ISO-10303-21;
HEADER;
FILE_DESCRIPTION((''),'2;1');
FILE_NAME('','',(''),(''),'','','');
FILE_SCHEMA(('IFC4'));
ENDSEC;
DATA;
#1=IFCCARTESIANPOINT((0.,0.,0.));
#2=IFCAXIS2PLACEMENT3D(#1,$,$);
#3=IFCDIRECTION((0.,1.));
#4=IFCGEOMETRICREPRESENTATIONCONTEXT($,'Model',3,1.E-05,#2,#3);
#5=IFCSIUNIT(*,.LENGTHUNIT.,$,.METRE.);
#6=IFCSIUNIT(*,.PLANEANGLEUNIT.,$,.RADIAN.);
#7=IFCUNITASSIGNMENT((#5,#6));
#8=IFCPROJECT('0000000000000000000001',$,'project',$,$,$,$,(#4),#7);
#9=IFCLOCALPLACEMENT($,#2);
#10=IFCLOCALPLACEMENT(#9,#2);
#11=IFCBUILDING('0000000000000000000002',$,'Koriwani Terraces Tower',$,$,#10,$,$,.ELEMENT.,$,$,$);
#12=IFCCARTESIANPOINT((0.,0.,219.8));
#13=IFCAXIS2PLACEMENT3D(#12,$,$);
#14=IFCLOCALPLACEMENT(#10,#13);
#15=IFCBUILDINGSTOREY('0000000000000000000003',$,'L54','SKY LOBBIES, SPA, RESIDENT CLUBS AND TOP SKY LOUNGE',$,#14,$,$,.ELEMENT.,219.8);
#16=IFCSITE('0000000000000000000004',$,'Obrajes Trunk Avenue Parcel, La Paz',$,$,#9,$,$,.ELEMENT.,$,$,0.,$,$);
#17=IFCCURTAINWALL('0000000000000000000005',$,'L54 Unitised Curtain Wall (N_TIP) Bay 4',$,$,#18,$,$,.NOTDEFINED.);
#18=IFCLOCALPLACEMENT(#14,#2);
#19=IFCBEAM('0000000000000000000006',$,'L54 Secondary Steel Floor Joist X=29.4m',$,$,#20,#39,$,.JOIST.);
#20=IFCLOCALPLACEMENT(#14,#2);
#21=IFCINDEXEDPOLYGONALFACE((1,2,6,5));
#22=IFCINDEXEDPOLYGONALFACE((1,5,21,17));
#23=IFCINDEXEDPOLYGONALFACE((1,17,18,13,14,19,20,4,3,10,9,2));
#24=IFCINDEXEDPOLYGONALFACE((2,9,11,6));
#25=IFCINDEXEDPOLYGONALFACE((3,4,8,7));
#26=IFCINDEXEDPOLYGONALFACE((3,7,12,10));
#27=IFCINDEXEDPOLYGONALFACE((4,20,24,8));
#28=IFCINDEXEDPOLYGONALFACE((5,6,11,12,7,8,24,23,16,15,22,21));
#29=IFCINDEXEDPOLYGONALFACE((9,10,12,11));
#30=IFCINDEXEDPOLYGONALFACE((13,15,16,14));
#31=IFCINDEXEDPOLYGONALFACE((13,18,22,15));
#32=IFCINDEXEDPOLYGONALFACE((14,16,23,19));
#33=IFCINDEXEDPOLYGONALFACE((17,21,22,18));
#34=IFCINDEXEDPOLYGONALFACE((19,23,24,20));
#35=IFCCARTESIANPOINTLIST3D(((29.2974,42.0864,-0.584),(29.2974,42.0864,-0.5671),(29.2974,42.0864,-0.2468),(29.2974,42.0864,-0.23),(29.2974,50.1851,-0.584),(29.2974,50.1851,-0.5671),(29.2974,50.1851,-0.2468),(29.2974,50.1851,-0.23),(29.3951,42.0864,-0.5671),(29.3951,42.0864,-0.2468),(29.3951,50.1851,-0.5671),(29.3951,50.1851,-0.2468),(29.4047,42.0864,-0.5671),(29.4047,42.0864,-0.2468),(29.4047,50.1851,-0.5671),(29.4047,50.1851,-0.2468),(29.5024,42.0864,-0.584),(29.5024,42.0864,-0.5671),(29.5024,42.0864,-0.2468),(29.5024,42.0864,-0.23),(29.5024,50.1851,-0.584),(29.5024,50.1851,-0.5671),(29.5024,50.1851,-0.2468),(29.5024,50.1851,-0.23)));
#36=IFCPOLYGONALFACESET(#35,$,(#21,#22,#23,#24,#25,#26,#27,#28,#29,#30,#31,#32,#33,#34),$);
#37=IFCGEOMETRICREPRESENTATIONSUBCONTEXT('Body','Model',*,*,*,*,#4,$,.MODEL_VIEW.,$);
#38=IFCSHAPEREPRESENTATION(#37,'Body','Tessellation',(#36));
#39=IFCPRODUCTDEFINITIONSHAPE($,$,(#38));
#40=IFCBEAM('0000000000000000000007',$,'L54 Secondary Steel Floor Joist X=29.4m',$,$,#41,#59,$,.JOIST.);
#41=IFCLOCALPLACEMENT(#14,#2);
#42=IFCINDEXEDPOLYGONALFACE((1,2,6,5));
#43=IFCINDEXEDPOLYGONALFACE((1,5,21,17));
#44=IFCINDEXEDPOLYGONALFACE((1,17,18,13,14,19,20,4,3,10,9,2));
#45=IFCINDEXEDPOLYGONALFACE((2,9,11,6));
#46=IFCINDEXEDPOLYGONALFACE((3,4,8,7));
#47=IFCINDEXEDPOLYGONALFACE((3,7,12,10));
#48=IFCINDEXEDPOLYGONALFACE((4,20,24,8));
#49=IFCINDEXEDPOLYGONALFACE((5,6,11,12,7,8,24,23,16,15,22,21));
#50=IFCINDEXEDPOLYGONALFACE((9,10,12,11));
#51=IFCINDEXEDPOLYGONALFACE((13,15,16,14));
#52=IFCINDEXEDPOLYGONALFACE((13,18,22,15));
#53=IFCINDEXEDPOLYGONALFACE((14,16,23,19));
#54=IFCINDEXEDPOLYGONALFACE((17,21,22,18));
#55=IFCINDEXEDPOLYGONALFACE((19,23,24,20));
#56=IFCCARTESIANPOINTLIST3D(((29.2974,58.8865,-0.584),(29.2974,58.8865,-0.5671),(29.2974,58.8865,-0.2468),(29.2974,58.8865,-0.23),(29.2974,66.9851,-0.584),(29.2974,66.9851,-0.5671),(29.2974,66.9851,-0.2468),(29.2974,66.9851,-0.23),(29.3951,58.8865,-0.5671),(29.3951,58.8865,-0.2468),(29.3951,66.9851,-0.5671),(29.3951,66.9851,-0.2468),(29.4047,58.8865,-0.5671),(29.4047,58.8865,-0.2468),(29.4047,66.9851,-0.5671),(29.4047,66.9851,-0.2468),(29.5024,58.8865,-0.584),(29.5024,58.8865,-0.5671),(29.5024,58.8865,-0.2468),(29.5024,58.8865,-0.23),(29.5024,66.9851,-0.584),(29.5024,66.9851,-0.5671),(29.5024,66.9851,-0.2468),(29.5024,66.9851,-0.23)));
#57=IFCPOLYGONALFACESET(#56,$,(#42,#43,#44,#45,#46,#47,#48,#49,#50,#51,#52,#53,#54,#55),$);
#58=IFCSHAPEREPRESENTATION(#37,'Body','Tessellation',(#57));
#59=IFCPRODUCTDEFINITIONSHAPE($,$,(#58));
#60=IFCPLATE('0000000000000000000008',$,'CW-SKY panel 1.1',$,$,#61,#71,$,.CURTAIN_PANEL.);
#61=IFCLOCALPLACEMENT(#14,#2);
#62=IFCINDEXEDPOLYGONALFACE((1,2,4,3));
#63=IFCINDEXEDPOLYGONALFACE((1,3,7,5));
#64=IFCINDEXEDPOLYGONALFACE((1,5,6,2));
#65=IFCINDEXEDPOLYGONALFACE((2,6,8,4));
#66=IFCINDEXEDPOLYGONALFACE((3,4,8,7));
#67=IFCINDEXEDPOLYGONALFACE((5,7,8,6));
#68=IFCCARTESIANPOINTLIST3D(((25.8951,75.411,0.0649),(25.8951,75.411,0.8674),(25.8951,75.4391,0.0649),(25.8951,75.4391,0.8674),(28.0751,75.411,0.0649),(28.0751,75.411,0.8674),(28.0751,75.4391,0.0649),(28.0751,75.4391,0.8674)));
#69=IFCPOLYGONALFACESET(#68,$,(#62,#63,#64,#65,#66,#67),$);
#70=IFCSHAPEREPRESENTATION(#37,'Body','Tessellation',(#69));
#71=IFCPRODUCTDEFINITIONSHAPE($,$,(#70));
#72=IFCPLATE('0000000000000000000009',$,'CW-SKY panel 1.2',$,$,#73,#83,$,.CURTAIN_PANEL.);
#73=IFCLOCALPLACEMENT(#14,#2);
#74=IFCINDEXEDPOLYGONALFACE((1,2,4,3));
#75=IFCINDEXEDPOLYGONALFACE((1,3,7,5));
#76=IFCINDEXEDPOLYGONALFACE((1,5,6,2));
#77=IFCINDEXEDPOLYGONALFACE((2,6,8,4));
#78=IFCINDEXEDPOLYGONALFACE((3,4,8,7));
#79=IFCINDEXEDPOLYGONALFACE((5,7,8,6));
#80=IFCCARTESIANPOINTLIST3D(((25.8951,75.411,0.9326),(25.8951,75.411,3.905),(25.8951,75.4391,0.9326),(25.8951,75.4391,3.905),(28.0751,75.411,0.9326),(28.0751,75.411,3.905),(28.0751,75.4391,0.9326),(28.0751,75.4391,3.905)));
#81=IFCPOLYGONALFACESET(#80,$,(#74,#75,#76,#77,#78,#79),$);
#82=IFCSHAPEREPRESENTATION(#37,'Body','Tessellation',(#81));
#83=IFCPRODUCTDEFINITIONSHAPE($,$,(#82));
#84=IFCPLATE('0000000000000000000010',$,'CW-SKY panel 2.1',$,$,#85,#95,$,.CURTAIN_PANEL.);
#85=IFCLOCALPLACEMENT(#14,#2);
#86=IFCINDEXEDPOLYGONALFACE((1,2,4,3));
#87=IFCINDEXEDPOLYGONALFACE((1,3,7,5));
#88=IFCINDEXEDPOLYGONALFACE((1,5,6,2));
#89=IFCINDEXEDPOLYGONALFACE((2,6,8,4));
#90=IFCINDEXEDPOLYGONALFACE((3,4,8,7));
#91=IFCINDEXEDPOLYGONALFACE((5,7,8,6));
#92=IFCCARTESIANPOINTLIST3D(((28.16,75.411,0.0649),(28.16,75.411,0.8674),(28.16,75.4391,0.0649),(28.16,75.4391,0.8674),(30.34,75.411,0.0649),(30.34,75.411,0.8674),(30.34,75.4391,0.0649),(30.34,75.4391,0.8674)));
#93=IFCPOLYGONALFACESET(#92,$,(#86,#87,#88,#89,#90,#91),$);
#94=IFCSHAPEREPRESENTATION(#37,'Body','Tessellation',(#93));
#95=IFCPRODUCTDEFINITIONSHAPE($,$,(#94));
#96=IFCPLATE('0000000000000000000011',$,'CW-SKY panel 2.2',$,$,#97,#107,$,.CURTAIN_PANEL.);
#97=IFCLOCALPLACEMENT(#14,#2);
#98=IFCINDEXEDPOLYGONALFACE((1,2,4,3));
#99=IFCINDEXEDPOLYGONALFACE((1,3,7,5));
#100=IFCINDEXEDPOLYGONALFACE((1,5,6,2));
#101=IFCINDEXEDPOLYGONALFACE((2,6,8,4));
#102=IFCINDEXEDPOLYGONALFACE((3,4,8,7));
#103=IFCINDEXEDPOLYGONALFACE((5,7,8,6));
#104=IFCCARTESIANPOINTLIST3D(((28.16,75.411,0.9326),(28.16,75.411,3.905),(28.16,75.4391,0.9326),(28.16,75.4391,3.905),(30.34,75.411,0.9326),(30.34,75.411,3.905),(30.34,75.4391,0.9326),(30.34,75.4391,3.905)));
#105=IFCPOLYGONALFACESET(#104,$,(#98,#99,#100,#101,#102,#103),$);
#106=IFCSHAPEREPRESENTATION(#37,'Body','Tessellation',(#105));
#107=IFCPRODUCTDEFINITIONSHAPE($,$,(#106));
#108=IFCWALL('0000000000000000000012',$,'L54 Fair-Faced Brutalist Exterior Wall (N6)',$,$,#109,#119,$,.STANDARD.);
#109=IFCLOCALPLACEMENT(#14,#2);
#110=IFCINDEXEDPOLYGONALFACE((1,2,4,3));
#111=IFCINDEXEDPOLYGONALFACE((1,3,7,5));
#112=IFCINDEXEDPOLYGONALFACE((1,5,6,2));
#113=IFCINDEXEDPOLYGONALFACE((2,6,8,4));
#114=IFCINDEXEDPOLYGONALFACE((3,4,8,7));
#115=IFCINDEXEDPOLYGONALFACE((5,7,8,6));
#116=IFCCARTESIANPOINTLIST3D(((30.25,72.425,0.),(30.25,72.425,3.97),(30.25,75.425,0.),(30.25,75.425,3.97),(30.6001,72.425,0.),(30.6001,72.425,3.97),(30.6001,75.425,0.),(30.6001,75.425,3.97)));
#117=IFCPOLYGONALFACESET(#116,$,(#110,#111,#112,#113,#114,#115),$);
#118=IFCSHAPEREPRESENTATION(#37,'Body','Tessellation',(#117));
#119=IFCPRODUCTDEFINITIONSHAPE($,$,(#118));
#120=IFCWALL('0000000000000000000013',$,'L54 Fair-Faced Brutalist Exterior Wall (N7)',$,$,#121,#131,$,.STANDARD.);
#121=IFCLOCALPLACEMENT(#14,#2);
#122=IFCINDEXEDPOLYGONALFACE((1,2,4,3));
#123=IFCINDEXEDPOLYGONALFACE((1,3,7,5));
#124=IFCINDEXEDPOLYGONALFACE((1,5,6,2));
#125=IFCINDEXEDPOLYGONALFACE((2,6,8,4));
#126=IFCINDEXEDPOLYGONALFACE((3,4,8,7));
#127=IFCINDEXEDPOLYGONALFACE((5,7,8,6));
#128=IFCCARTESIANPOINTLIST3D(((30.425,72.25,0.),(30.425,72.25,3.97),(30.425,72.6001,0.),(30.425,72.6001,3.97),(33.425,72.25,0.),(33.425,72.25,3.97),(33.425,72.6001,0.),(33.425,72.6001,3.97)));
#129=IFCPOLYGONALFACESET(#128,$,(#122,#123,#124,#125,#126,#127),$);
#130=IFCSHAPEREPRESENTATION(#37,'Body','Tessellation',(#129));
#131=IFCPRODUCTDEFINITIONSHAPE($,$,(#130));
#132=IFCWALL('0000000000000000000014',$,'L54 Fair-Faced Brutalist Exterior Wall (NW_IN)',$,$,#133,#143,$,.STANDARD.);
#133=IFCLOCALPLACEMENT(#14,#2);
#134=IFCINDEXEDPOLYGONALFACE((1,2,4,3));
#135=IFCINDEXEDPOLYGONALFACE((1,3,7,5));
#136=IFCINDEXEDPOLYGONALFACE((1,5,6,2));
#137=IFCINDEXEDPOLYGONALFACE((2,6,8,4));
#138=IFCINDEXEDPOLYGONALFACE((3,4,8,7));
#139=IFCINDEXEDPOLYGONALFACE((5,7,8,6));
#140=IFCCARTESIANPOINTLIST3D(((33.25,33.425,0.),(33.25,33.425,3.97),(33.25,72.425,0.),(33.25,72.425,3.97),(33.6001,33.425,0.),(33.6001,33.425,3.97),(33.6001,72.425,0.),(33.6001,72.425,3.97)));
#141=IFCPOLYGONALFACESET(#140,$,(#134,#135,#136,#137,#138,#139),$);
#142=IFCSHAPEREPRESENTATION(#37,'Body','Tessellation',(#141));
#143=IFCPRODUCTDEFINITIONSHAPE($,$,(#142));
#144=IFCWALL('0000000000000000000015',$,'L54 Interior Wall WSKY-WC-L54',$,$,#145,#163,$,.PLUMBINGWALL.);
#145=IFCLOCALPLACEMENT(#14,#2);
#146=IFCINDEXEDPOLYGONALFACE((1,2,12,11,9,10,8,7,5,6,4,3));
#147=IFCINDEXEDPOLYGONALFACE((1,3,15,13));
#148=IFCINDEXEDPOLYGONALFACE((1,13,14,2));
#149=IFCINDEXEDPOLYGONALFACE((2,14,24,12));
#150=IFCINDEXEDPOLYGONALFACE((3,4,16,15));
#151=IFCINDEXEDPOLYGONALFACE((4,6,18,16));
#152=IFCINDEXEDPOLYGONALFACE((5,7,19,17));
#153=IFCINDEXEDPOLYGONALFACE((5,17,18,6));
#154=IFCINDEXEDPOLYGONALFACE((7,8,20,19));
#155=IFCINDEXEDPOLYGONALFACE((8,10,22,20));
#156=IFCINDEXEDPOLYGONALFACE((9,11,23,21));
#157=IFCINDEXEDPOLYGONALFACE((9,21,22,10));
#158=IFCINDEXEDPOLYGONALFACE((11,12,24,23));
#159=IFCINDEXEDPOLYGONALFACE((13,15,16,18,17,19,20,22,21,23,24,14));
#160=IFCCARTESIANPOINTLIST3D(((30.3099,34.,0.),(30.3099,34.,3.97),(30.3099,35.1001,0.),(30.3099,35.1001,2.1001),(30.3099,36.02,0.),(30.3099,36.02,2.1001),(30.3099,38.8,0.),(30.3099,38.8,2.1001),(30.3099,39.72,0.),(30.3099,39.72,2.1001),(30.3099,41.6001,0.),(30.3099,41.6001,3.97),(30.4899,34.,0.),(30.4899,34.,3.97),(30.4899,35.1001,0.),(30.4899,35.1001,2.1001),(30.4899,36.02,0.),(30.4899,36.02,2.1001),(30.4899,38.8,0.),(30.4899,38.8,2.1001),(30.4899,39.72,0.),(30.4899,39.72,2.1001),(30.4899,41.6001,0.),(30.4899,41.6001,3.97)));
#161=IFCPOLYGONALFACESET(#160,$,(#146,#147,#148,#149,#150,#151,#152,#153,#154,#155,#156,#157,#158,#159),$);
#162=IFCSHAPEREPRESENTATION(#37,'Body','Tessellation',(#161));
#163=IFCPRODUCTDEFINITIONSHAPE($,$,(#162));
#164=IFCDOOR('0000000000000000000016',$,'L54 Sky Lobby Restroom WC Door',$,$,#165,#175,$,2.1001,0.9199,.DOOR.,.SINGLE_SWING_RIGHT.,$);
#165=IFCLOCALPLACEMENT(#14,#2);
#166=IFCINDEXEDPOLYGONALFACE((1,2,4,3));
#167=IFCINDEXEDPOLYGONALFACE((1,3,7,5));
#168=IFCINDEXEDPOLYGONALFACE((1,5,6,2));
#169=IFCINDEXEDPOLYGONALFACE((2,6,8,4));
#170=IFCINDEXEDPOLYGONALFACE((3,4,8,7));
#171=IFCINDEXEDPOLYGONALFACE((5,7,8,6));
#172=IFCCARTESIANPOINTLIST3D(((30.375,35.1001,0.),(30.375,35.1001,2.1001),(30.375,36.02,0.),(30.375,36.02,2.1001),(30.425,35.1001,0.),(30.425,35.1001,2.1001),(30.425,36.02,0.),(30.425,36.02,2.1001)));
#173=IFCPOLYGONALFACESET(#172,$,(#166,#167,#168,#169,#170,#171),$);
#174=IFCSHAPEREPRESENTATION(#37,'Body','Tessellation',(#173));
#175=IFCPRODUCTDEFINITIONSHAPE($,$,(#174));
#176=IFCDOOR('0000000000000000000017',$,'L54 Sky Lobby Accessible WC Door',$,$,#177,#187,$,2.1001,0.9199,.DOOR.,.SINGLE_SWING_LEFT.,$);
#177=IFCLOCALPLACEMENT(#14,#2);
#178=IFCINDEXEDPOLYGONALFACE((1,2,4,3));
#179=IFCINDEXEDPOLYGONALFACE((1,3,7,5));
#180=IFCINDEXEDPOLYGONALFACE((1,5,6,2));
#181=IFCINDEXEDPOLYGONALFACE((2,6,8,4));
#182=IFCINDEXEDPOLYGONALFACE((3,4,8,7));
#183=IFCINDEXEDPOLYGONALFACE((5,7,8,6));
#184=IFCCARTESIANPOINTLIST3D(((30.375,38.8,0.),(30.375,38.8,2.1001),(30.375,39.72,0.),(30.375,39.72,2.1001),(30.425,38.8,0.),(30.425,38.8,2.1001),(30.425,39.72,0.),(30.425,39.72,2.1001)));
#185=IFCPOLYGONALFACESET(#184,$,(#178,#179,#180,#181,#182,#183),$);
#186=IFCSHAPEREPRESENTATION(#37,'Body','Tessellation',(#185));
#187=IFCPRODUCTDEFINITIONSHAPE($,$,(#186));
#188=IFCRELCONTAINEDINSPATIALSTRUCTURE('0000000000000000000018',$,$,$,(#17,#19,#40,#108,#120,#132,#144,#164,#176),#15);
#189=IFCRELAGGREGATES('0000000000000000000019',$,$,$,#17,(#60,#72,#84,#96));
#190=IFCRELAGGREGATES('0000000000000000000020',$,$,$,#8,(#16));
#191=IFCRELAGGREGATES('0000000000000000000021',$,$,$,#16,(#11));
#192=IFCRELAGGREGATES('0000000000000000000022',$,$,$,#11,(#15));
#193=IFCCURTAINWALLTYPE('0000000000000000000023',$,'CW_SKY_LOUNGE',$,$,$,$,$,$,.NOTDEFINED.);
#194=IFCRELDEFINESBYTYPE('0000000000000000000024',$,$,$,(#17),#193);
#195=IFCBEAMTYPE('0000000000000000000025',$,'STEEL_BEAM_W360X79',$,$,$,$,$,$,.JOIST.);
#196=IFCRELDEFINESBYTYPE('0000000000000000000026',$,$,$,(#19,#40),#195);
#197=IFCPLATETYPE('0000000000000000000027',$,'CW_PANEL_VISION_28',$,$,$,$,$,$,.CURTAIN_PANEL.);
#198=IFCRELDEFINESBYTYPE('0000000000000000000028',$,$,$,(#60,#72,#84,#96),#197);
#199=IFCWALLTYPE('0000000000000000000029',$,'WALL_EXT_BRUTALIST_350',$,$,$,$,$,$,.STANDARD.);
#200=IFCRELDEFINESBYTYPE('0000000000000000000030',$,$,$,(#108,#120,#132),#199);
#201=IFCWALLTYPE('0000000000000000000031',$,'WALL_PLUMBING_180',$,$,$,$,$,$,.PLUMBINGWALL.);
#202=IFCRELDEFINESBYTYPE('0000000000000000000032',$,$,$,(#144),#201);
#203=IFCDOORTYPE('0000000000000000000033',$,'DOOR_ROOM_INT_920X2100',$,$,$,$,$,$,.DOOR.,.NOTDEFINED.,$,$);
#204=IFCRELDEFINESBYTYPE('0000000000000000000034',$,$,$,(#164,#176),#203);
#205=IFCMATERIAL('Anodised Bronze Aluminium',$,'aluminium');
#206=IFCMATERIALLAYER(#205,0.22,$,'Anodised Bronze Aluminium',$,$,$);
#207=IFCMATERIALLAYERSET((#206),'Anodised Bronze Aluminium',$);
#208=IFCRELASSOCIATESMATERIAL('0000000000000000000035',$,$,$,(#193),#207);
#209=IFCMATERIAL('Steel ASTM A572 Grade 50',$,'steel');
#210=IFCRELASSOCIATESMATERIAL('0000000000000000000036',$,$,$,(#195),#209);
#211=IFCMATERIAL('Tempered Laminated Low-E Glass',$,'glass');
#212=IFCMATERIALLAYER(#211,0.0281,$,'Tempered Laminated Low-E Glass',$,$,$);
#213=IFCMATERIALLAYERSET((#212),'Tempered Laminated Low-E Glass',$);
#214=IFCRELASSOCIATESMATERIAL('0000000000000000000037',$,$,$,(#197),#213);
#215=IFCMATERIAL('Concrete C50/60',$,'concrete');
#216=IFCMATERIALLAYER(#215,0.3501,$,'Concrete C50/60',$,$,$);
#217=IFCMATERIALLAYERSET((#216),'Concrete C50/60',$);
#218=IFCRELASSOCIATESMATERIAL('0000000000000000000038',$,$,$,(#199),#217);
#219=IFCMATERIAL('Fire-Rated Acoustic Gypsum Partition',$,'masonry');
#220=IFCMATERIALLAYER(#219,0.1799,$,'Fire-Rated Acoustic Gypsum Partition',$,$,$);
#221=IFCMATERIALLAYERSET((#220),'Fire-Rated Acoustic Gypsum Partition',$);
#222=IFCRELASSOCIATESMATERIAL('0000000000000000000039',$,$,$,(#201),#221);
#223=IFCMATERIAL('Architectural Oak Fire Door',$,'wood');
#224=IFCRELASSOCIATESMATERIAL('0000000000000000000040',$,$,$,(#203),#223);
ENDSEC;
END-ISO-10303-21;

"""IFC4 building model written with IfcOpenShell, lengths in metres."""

from ifc_helpers import new_model, si_unit, direction, frame, frame_2d, origin, origin_2d, place, context, subcontext, project, spatial, rectangle, i_section, extrude, material, layer, layer_set, material_profile, profile_set, type_object, element, fill, aggregate, save


model = new_model("IFC4")

# Units and contexts
model_context = context("Model", 3, precision=1e-05, world=origin(), true_north=direction((0.0, 1.0)))
body_context = subcontext(model_context, "Body", "Model", "MODEL_VIEW")
ifc_project = project(units=[si_unit("LENGTHUNIT", "METRE"), si_unit("PLANEANGLEUNIT", "RADIAN")], contexts=[model_context])

# Site, building, storey
site_placement = place(None, origin())
site = spatial("IfcSite", under=ifc_project, at=site_placement, Name="Obrajes Trunk Avenue Parcel, La Paz", CompositionType="ELEMENT", RefElevation=0.0)
building_placement = place(site_placement, origin())
building = spatial("IfcBuilding", under=site, at=building_placement, Name="Koriwani Terraces Tower", CompositionType="ELEMENT")
storey_placement = place(building_placement, frame((0.0, 0.0, 219.8)))
storey = spatial("IfcBuildingStorey", under=building, at=storey_placement, Name="L54", Description="SKY LOBBIES, SPA, RESIDENT CLUBS AND TOP SKY LOUNGE", CompositionType="ELEMENT", Elevation=219.8)

# Shared definitions
ifc_material_1 = material(Name="Concrete C50/60", Category="concrete")

# Curtain wall
ifc_material_2 = material(Name="Anodised Bronze Aluminium", Category="aluminium")
ifc_layer_1 = layer(ifc_material_2, 0.22, Name="Anodised Bronze Aluminium")
ifc_layer_set_1 = layer_set([ifc_layer_1], Name="Anodised Bronze Aluminium")
curtain_wall_type = type_object("IfcCurtainWallType", Name="CW_SKY_LOUNGE", PredefinedType="NOTDEFINED", material=ifc_layer_set_1)
curtain_wall_placement = place(storey_placement, origin())
curtain_wall = element("IfcCurtainWall", 1, at=curtain_wall_placement, inside=storey, type_object=curtain_wall_type, Name="L54 Unitised Curtain Wall (N_TIP) Bay 4", PredefinedType="NOTDEFINED")

# Beams
ifc_material_3 = material(Name="Steel ASTM A572 Grade 50", Category="steel")
ifc_material_profile_1 = material_profile(ifc_material_3, i_section(OverallWidth=0.2051, OverallDepth=0.354, WebThickness=0.0095, FlangeThickness=0.0168, at=origin_2d()), Name="Steel ASTM A572 Grade 50", Category="LoadBearing")
ifc_profile_set_1 = profile_set([ifc_material_profile_1], Name="Steel ASTM A572 Grade 50")
beam_type_1 = type_object("IfcBeamType", Name="STEEL_BEAM_W360X79", PredefinedType="JOIST", material=ifc_profile_set_1)
for number, where, z_axis, x_axis, name in (
    (2, (29.3999, 42.0864, -0.407), (0.0, 1.0, 0.0), (-1.0, 0.0, 0.0), "L54 Secondary Steel Floor Joist X=29.4m"),
    (3, (29.3999, 58.8865, -0.407), (0.0, 1.0, 0.0), (-1.0, 0.0, 0.0), "L54 Secondary Steel Floor Joist X=29.4m"),
):
    element("IfcBeam", number, at=place(storey_placement, frame(where, z_axis=z_axis, x_axis=x_axis)), inside=storey, type_object=beam_type_1, Name=name, PredefinedType="JOIST", context=body_context, shape_type="SweptSolid", body=[
        extrude(i_section(OverallWidth=0.2051, OverallDepth=0.354, WebThickness=0.0095, FlangeThickness=0.0168, at=origin_2d()), origin(), (0.0, 0.0, 1.0), 8.0986),
    ])

# Plates
ifc_material_4 = material(Name="Tempered Laminated Low-E Glass", Category="glass")
ifc_layer_2 = layer(ifc_material_4, 0.0281, Name="Tempered Laminated Low-E Glass")
ifc_layer_set_2 = layer_set([ifc_layer_2], Name="Tempered Laminated Low-E Glass")
plate_type = type_object("IfcPlateType", Name="CW_PANEL_VISION_28", PredefinedType="CURTAIN_PANEL", material=ifc_layer_set_2)
plate_1_placement = place(storey_placement, frame((26.9851, 75.425, 0.0649), z_axis=(0.0, 0.0, 1.0), x_axis=(1.0, 0.0, 0.0)))
plate_1 = element("IfcPlate", 4, at=plate_1_placement, type_object=plate_type, Name="CW-SKY panel 1.1", PredefinedType="CURTAIN_PANEL", context=body_context, shape_type="SweptSolid", body=[
    extrude(rectangle(XDim=2.1799, YDim=0.0281, at=origin_2d()), origin(), (0.0, 0.0, 1.0), 0.8025),
])
plate_2_placement = place(storey_placement, frame((26.9851, 75.425, 0.9326), z_axis=(0.0, 0.0, 1.0), x_axis=(1.0, 0.0, 0.0)))
plate_2 = element("IfcPlate", 5, at=plate_2_placement, type_object=plate_type, Name="CW-SKY panel 1.2", PredefinedType="CURTAIN_PANEL", context=body_context, shape_type="SweptSolid", body=[
    extrude(rectangle(XDim=2.1799, YDim=0.0281, at=origin_2d()), origin(), (0.0, 0.0, 1.0), 2.9724),
])
plate_3_placement = place(storey_placement, frame((29.25, 75.425, 0.0649), z_axis=(0.0, 0.0, 1.0), x_axis=(1.0, 0.0, 0.0)))
plate_3 = element("IfcPlate", 6, at=plate_3_placement, type_object=plate_type, Name="CW-SKY panel 2.1", PredefinedType="CURTAIN_PANEL", context=body_context, shape_type="SweptSolid", body=[
    extrude(rectangle(XDim=2.1799, YDim=0.0281, at=origin_2d()), origin(), (0.0, 0.0, 1.0), 0.8025),
])
plate_4_placement = place(storey_placement, frame((29.25, 75.425, 0.9326), z_axis=(0.0, 0.0, 1.0), x_axis=(1.0, 0.0, 0.0)))
plate_4 = element("IfcPlate", 7, at=plate_4_placement, type_object=plate_type, Name="CW-SKY panel 2.2", PredefinedType="CURTAIN_PANEL", context=body_context, shape_type="SweptSolid", body=[
    extrude(rectangle(XDim=2.1799, YDim=0.0281, at=origin_2d()), origin(), (0.0, 0.0, 1.0), 2.9724),
])
aggregate(curtain_wall, [plate_1, plate_2, plate_3, plate_4])

# Walls
ifc_layer_3 = layer(ifc_material_1, 0.3501, Name="Concrete C50/60")
ifc_layer_set_3 = layer_set([ifc_layer_3], Name="Concrete C50/60")
wall_type_1 = type_object("IfcWallType", Name="WALL_EXT_BRUTALIST_350", PredefinedType="STANDARD", material=ifc_layer_set_3)
for number, where, z_axis, x_axis, name in (
    (8, (30.425, 75.425, 0.0), (0.0, 0.0, 1.0), (0.0, -1.0, 0.0), "L54 Fair-Faced Brutalist Exterior Wall (N6)"),
    (9, (30.425, 72.425, 0.0), (0.0, 0.0, 1.0), (1.0, 0.0, 0.0), "L54 Fair-Faced Brutalist Exterior Wall (N7)"),
):
    element("IfcWall", number, at=place(storey_placement, frame(where, z_axis=z_axis, x_axis=x_axis)), inside=storey, type_object=wall_type_1, Name=name, PredefinedType="STANDARD", context=body_context, shape_type="SweptSolid", body=[
        extrude(rectangle(XDim=3.0, YDim=0.3501, at=frame_2d((1.5, 0.0))), origin(), (0.0, 0.0, 1.0), 3.97),
    ])
wall_1_placement = place(storey_placement, frame((33.425, 72.425, 0.0), z_axis=(0.0, 0.0, 1.0), x_axis=(0.0, -1.0, 0.0)))
element("IfcWall", 10, at=wall_1_placement, inside=storey, type_object=wall_type_1, Name="L54 Fair-Faced Brutalist Exterior Wall (NW_IN)", PredefinedType="STANDARD", context=body_context, shape_type="SweptSolid", body=[
    extrude(rectangle(XDim=39.0, YDim=0.3501, at=frame_2d((19.5, 0.0))), origin(), (0.0, 0.0, 1.0), 3.97),
])

# Wall, openings, doors
ifc_material_5 = material(Name="Fire-Rated Acoustic Gypsum Partition", Category="masonry")
ifc_layer_4 = layer(ifc_material_5, 0.1799, Name="Fire-Rated Acoustic Gypsum Partition")
ifc_layer_set_4 = layer_set([ifc_layer_4], Name="Fire-Rated Acoustic Gypsum Partition")
wall_type_2 = type_object("IfcWallType", Name="WALL_PLUMBING_180", PredefinedType="PLUMBINGWALL", material=ifc_layer_set_4)
wall_2_placement = place(storey_placement, frame((30.3999, 34.0, 0.0), z_axis=(0.0, 0.0, 1.0), x_axis=(0.0, 1.0, 0.0)))
wall_2 = element("IfcWall", 11, at=wall_2_placement, inside=storey, type_object=wall_type_2, Name="L54 Interior Wall WSKY-WC-L54", PredefinedType="PLUMBINGWALL", context=body_context, shape_type="SweptSolid", body=[
    extrude(rectangle(XDim=7.6001, YDim=0.1799, at=frame_2d((3.8, 0.0))), origin(), (0.0, 0.0, 1.0), 3.97),
])
opening_1_placement = place(wall_2_placement, frame((1.1001, 0.0, 0.0)))
opening_1 = element("IfcOpeningElement", 12, at=opening_1_placement, cuts=wall_2, PredefinedType="OPENING", context=body_context, shape_type="SweptSolid", body=[
    extrude(rectangle(XDim=0.9199, YDim=2.1001, at=frame_2d((0.46, 1.05))), frame((0.0, 0.1001, 0.0), z_axis=(0.0, -1.0, 0.0), x_axis=(1.0, 0.0, 0.0)), (0.0, 0.0, 1.0), 0.2),
])
opening_2_placement = place(wall_2_placement, frame((4.8, 0.0, 0.0)))
opening_2 = element("IfcOpeningElement", 13, at=opening_2_placement, cuts=wall_2, PredefinedType="OPENING", context=body_context, shape_type="SweptSolid", body=[
    extrude(rectangle(XDim=0.9199, YDim=2.1001, at=frame_2d((0.46, 1.05))), frame((0.0, 0.1001, 0.0), z_axis=(0.0, -1.0, 0.0), x_axis=(1.0, 0.0, 0.0)), (0.0, 0.0, 1.0), 0.2),
])
ifc_material_6 = material(Name="Architectural Oak Fire Door", Category="wood")
door_type_1 = type_object("IfcDoorType", Name="DOOR_ROOM_INT_920X2100", OperationType="NOTDEFINED", PredefinedType="DOOR", material=ifc_material_6)
door_1_placement = place(opening_1_placement, origin())
door_1 = element("IfcDoor", 14, at=door_1_placement, inside=storey, type_object=door_type_1, Name="L54 Sky Lobby Restroom WC Door", OperationType="SINGLE_SWING_RIGHT", OverallHeight=2.1001, OverallWidth=0.9199, PredefinedType="DOOR", context=body_context, shape_type="SweptSolid", body=[
    extrude(rectangle(XDim=0.9199, YDim=2.1001, at=frame_2d((0.46, 1.05))), frame((0.0, 0.0249, 0.0), z_axis=(0.0, -1.0, 0.0), x_axis=(1.0, 0.0, 0.0)), (0.0, 0.0, 1.0), 0.05),
])
fill(opening_1, door_1)
door_2_placement = place(opening_2_placement, origin())
door_2 = element("IfcDoor", 15, at=door_2_placement, inside=storey, type_object=door_type_1, Name="L54 Sky Lobby Accessible WC Door", OperationType="SINGLE_SWING_LEFT", OverallHeight=2.1001, OverallWidth=0.9199, PredefinedType="DOOR", context=body_context, shape_type="SweptSolid", body=[
    extrude(rectangle(XDim=0.9199, YDim=2.1001, at=frame_2d((0.46, 1.05))), frame((0.0, 0.0249, 0.0), z_axis=(0.0, -1.0, 0.0), x_axis=(1.0, 0.0, 0.0)), (0.0, 0.0, 1.0), 0.05),
])
fill(opening_2, door_2)

save(model, "model.ifc")
